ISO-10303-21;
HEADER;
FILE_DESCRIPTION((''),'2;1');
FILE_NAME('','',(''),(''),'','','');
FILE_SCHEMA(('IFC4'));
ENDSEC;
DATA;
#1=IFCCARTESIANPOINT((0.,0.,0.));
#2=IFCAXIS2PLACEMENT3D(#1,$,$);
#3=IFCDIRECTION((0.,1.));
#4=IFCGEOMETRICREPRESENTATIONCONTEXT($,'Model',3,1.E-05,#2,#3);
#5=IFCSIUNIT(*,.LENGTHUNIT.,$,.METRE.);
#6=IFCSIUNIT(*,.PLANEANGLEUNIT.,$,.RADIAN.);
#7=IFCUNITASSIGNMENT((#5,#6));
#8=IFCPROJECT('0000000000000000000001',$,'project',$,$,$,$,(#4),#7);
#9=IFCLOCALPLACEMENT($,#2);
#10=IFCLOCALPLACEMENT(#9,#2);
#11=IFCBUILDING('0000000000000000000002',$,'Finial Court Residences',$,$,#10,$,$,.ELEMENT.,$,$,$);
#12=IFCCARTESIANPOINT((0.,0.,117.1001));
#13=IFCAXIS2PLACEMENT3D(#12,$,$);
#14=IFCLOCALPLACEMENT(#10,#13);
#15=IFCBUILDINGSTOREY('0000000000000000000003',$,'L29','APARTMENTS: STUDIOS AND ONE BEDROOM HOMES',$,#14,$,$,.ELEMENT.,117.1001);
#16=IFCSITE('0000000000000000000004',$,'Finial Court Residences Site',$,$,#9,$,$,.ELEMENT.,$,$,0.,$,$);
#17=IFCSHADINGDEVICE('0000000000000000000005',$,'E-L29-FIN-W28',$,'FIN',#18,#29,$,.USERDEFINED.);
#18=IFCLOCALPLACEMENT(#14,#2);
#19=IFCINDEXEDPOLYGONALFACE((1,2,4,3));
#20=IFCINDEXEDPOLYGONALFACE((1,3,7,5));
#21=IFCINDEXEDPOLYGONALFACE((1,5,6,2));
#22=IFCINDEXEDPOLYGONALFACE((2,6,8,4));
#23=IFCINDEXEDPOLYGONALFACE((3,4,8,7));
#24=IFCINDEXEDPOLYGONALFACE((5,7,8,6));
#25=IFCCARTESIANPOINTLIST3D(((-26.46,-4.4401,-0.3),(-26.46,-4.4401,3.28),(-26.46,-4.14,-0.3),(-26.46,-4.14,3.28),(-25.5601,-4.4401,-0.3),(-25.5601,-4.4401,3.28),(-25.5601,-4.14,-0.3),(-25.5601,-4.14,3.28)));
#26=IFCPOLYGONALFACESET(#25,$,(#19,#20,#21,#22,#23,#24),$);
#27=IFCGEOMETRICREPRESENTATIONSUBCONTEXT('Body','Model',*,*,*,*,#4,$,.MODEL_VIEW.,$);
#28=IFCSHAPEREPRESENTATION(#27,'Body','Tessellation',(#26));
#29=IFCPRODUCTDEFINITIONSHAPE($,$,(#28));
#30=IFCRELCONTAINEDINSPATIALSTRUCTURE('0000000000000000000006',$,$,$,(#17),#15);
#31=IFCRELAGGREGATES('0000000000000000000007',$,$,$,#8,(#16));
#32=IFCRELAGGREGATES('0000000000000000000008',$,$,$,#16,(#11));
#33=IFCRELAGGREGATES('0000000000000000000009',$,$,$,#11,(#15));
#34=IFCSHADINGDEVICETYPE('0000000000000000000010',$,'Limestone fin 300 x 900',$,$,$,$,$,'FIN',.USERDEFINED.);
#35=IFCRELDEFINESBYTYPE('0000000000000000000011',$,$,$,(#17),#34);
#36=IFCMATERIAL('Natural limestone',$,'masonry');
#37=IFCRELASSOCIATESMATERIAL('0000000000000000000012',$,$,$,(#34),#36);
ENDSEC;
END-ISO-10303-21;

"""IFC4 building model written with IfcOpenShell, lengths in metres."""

from ifc_helpers import new_model, si_unit, direction, frame, origin, origin_2d, place, context, subcontext, project, spatial, rectangle, extrude, material, type_object, element, save


model = new_model("IFC4")

# Units and contexts
model_context = context("Model", 3, precision=1e-05, world=origin(), true_north=direction((0.0, 1.0)))
body_context = subcontext(model_context, "Body", "Model", "MODEL_VIEW")
ifc_project = project(units=[si_unit("LENGTHUNIT", "METRE"), si_unit("PLANEANGLEUNIT", "RADIAN")], contexts=[model_context])

# Site, building, storey
site_placement = place(None, origin())
site = spatial("IfcSite", under=ifc_project, at=site_placement, Name="Finial Court Residences Site", CompositionType="ELEMENT", RefElevation=0.0)
building_placement = place(site_placement, origin())
building = spatial("IfcBuilding", under=site, at=building_placement, Name="Finial Court Residences", CompositionType="ELEMENT")
storey_placement = place(building_placement, frame((0.0, 0.0, 117.1001)))
storey = spatial("IfcBuildingStorey", under=building, at=storey_placement, Name="L29", Description="APARTMENTS: STUDIOS AND ONE BEDROOM HOMES", CompositionType="ELEMENT", Elevation=117.1001)

# Shared definitions
ifc_material_1 = material(Name="Natural limestone", Category="masonry")

# Shading device
shading_device_type = type_object("IfcShadingDeviceType", Name="Limestone fin 300 x 900", ElementType="FIN", PredefinedType="USERDEFINED", material=ifc_material_1)
shading_device_placement = place(storey_placement, frame((-26.01, -4.29, -0.3), z_axis=(0.0, 0.0, 1.0), x_axis=(1.0, 0.0, 0.0)))
element("IfcShadingDevice", 1, at=shading_device_placement, inside=storey, type_object=shading_device_type, Name="E-L29-FIN-W28", ObjectType="FIN", PredefinedType="USERDEFINED", context=body_context, shape_type="SweptSolid", body=[
    extrude(rectangle(XDim=0.8999, YDim=0.3, at=origin_2d()), origin(), (0.0, 0.0, 1.0), 3.5801),
])

save(model, "model.ifc")
